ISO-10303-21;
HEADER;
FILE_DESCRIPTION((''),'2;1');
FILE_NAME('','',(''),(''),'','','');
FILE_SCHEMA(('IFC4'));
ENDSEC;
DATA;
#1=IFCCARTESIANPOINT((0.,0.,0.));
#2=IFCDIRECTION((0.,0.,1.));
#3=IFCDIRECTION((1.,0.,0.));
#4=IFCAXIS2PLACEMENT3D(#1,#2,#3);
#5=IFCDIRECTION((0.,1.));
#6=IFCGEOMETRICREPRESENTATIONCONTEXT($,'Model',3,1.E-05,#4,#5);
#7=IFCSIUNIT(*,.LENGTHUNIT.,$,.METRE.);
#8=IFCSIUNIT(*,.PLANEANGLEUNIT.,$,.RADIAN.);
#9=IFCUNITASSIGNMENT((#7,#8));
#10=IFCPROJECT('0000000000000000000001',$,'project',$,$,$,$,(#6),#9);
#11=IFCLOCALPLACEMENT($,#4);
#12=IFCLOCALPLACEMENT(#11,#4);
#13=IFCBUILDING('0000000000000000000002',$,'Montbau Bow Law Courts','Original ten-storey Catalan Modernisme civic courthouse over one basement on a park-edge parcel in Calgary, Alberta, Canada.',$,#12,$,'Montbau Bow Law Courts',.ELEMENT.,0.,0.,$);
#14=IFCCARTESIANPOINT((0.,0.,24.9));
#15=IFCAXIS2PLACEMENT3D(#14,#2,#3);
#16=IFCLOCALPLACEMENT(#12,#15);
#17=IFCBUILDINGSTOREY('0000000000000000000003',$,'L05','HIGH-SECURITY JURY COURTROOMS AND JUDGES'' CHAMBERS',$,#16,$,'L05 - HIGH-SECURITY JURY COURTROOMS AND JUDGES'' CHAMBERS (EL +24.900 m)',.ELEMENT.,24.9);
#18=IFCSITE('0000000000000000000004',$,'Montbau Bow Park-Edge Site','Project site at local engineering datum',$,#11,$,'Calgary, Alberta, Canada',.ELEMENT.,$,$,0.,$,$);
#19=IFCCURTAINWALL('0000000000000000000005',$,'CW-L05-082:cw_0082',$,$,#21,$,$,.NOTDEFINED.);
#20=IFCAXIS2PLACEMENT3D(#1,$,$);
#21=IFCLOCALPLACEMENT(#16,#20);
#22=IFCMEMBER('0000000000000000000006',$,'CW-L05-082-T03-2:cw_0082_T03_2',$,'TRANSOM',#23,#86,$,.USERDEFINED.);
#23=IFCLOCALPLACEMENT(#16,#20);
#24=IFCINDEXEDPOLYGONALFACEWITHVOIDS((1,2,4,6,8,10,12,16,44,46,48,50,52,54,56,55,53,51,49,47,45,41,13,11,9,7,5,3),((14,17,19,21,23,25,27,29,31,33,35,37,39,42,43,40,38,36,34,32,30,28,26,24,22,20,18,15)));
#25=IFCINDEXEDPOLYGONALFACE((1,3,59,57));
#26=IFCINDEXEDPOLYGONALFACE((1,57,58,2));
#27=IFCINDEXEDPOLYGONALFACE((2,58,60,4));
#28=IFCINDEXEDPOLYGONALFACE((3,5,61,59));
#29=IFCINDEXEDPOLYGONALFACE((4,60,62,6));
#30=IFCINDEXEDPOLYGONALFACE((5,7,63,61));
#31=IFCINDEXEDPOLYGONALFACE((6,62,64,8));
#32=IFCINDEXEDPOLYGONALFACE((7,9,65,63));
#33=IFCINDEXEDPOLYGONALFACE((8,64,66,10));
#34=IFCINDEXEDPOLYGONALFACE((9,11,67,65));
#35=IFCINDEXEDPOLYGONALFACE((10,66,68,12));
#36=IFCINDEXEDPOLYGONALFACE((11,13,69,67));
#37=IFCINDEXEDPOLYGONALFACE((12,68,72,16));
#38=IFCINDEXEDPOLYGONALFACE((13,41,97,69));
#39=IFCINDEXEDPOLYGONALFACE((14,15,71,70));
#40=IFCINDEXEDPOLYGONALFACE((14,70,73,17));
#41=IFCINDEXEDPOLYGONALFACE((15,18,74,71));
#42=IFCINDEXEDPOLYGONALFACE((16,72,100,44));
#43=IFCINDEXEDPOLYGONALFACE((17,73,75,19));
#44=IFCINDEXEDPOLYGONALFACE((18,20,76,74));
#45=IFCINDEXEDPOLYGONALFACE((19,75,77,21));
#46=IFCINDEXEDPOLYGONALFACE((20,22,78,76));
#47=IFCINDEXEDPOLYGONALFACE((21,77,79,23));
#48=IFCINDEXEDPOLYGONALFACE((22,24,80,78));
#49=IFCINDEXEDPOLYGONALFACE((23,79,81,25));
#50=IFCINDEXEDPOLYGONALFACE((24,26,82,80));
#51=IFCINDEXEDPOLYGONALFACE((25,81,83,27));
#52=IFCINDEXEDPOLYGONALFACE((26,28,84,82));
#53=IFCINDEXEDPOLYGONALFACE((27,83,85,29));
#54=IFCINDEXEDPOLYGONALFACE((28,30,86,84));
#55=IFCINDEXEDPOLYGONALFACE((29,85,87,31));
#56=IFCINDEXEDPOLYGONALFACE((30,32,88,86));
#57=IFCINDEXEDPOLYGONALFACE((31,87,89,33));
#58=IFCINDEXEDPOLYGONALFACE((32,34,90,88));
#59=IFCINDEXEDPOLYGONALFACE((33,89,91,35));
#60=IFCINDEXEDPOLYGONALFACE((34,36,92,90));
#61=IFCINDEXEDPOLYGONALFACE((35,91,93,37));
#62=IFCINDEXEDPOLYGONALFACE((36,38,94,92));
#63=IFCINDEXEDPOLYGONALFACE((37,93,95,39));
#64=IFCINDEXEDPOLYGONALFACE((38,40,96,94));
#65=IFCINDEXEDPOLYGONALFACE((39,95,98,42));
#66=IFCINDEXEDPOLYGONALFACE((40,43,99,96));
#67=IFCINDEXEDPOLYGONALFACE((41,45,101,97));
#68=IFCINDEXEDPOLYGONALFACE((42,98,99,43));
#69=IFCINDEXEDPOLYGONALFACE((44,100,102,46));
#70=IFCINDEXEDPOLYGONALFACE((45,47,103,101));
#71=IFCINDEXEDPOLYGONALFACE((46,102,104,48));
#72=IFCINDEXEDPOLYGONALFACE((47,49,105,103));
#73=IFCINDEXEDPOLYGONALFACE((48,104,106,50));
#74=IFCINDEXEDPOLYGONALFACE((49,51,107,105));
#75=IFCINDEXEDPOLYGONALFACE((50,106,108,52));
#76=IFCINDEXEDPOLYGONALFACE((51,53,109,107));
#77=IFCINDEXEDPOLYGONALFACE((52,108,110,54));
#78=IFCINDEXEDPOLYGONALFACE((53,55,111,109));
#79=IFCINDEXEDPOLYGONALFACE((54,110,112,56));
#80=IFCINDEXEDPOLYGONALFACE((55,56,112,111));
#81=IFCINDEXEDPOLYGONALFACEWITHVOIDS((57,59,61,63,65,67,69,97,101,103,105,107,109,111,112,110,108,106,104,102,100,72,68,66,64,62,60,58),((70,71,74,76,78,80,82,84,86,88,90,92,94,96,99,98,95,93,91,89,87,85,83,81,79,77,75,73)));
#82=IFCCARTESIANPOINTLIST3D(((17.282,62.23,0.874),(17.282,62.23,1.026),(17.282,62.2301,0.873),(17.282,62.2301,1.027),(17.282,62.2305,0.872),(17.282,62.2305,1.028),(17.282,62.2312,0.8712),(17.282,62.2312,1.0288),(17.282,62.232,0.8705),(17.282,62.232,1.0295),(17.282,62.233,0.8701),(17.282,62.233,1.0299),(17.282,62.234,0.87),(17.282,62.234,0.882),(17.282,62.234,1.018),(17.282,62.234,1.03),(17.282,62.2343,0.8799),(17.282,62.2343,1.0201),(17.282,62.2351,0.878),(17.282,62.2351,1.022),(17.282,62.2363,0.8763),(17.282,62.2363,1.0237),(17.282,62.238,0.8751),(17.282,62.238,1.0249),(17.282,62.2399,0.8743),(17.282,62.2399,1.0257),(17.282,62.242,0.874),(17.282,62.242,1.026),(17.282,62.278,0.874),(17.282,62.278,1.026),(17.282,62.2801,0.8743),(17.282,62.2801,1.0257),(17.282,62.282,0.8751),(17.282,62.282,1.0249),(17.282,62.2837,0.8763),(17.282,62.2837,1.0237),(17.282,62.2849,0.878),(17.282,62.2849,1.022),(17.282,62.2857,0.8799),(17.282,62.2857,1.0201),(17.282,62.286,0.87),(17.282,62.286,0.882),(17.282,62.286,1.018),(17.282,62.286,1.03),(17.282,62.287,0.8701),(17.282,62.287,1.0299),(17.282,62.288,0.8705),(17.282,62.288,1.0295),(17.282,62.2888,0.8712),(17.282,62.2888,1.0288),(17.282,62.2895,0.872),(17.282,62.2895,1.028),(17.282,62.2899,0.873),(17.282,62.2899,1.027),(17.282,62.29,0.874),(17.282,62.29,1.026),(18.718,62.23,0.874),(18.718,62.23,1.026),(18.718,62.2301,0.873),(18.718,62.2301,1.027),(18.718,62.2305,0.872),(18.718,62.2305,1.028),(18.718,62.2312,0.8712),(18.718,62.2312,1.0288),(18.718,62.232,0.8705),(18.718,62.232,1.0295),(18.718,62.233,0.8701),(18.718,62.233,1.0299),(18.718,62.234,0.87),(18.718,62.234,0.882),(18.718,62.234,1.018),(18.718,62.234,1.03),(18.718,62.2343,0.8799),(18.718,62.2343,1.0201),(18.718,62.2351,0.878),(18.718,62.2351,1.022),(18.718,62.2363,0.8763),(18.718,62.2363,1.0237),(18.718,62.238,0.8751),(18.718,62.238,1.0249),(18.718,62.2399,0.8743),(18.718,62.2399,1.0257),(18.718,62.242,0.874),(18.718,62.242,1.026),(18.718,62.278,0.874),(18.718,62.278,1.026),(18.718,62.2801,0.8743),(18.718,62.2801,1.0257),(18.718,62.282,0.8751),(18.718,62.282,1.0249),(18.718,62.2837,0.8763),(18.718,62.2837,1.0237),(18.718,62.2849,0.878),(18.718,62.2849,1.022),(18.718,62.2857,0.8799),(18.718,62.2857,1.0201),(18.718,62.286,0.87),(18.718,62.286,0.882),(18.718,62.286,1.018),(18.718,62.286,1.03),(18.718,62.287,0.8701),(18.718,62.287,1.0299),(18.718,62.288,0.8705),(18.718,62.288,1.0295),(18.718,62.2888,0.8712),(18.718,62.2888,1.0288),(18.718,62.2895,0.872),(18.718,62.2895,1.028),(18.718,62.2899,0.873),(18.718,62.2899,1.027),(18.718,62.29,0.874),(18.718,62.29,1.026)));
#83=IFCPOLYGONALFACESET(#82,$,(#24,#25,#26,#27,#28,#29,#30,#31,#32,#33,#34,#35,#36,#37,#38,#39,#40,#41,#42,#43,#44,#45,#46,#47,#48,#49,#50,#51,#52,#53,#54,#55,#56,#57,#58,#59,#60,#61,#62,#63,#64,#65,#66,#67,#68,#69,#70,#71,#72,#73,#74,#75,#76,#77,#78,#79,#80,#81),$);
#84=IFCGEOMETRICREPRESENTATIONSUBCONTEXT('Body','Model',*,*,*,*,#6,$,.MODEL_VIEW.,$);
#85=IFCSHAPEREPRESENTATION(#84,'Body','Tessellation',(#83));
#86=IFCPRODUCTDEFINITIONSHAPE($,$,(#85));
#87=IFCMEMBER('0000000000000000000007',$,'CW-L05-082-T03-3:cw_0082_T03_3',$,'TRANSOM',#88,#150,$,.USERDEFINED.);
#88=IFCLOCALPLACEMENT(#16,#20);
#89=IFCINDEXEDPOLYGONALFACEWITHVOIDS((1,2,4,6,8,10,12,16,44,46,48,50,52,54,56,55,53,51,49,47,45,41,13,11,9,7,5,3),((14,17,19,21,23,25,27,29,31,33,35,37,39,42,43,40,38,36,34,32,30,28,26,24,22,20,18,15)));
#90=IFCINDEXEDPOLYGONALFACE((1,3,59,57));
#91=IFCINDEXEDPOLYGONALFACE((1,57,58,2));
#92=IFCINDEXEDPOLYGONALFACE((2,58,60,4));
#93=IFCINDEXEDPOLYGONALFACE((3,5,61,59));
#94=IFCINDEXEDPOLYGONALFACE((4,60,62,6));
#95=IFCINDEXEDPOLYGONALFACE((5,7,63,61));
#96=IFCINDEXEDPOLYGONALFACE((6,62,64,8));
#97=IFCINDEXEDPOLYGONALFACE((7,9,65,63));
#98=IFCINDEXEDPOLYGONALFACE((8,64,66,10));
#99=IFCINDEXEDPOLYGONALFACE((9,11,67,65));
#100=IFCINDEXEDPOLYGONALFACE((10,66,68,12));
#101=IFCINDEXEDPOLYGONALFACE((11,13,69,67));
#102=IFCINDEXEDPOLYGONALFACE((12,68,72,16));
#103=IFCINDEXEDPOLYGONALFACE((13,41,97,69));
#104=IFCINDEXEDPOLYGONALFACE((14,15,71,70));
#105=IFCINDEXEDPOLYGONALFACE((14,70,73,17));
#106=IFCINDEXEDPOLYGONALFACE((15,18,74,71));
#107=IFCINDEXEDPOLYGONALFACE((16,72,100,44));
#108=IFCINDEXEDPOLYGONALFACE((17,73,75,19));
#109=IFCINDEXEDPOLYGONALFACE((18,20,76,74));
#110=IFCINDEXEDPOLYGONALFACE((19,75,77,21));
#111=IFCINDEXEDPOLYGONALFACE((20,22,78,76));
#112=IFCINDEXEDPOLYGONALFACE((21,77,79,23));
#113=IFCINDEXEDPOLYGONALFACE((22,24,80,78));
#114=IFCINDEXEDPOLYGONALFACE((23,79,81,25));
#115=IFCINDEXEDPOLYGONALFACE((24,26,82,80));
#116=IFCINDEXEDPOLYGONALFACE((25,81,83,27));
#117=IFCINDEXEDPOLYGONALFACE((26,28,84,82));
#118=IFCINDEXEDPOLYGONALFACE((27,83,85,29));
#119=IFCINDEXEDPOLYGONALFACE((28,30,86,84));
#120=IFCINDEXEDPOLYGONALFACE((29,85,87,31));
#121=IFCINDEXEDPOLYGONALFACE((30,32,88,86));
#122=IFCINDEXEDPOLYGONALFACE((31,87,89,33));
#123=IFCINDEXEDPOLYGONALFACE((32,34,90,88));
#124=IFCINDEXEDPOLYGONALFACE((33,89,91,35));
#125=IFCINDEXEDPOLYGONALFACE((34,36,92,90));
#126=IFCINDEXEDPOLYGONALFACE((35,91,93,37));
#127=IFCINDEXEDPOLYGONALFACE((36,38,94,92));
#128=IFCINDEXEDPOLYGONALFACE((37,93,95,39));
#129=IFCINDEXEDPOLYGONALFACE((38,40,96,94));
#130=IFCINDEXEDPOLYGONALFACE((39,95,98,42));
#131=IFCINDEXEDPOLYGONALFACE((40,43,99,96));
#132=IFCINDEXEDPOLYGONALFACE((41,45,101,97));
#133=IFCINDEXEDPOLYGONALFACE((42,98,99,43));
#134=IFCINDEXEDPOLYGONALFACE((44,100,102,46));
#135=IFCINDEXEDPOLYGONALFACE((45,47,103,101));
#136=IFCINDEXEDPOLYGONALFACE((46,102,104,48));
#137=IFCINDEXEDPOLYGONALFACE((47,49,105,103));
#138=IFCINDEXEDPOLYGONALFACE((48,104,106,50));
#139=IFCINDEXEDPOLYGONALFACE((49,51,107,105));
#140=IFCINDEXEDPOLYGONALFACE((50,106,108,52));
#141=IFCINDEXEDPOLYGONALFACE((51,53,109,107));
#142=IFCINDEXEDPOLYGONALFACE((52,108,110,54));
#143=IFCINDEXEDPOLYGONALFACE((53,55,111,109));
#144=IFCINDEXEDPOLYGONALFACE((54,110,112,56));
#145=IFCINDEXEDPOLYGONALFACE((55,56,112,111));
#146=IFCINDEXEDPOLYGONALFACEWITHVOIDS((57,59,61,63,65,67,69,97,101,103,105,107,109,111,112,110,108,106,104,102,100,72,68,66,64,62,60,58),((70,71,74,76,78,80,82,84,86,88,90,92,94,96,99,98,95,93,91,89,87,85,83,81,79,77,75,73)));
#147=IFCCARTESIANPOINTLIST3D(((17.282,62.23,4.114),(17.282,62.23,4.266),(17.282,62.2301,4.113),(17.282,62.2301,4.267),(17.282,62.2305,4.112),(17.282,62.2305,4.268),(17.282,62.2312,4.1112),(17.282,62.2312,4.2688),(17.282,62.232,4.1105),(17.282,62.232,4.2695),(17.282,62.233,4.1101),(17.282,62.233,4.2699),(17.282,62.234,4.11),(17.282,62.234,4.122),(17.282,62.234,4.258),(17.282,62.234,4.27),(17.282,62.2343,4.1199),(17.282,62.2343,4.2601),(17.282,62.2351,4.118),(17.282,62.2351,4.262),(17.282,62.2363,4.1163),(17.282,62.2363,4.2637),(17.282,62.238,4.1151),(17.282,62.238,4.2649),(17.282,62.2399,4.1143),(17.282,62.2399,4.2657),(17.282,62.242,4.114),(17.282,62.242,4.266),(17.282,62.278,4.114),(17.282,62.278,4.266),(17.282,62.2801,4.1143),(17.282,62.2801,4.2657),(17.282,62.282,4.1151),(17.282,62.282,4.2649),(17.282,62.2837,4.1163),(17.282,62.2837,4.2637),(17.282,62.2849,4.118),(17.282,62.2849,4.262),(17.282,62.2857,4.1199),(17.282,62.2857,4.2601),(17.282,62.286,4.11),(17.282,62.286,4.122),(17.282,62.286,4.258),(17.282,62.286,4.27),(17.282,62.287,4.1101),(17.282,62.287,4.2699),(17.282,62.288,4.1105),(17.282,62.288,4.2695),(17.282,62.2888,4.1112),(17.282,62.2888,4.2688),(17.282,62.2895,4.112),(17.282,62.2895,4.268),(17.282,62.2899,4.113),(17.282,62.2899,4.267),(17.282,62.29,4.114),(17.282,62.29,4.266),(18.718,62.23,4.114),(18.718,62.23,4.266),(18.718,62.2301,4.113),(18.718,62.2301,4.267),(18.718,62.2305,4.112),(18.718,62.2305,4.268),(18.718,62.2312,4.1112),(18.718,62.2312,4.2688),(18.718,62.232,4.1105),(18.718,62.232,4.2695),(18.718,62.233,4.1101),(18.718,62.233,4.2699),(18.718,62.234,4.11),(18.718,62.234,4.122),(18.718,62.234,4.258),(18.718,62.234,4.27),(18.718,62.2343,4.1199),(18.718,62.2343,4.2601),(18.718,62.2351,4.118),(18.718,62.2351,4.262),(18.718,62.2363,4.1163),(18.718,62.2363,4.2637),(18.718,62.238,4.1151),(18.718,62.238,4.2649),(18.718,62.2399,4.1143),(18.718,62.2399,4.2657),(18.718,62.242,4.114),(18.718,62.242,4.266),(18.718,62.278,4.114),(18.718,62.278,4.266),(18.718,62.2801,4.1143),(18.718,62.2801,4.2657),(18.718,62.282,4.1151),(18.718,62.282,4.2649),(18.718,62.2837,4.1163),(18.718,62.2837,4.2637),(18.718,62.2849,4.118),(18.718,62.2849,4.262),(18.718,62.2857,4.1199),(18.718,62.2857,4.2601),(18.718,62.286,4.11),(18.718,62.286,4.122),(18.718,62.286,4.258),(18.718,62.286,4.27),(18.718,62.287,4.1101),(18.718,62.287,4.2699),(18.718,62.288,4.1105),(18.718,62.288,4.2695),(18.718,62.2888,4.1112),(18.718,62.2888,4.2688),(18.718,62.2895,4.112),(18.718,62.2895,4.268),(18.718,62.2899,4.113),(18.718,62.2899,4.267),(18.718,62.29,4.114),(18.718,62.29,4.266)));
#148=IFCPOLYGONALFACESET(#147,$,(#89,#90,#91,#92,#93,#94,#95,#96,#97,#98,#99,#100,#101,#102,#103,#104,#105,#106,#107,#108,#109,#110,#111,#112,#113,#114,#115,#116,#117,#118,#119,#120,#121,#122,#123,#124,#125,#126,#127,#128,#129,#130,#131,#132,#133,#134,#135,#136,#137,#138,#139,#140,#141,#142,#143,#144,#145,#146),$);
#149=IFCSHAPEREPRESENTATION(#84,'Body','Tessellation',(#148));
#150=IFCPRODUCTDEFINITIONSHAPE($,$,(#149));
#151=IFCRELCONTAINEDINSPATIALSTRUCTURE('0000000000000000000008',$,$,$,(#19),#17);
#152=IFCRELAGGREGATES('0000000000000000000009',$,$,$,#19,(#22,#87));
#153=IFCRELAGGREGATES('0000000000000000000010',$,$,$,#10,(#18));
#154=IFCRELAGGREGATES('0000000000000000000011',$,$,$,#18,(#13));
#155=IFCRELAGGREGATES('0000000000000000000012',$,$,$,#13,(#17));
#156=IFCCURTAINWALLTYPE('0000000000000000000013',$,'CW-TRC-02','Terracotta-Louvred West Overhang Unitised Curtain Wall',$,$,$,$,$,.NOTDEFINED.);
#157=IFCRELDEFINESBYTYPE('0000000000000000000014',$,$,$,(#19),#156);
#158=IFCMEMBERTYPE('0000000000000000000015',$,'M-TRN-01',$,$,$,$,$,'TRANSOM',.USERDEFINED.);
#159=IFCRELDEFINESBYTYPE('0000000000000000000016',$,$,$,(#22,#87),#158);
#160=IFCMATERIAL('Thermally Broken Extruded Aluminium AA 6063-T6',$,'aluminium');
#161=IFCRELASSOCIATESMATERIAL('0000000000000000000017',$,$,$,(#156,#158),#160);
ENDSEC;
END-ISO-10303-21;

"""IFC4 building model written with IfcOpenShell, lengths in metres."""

from ifc_helpers import new_model, si_unit, direction, frame, origin_with_axes, origin_2d_with_axis, place, context, subcontext, project, spatial, hollow_rectangle, extrude, material, material_profile, profile_set, type_object, element, aggregate, save


model = new_model("IFC4")

# Units and contexts
model_context = context("Model", 3, precision=1e-05, world=origin_with_axes(), true_north=direction((0.0, 1.0)))
body_context = subcontext(model_context, "Body", "Model", "MODEL_VIEW")
ifc_project = project(units=[si_unit("LENGTHUNIT", "METRE"), si_unit("PLANEANGLEUNIT", "RADIAN")], contexts=[model_context])

# Site, building, storey
site_placement = place(None, origin_with_axes())
site = spatial("IfcSite", under=ifc_project, at=site_placement, Name="Montbau Bow Park-Edge Site", Description="Project site at local engineering datum", LongName="Calgary, Alberta, Canada", CompositionType="ELEMENT", RefElevation=0.0)
building_placement = place(site_placement, origin_with_axes())
building = spatial("IfcBuilding", under=site, at=building_placement, Name="Montbau Bow Law Courts", Description="Original ten-storey Catalan Modernisme civic courthouse over one basement on a park-edge parcel in Calgary, Alberta, Canada.", LongName="Montbau Bow Law Courts", CompositionType="ELEMENT", ElevationOfRefHeight=0.0, ElevationOfTerrain=0.0)
storey_placement = place(building_placement, frame((0.0, 0.0, 24.9), z_axis=(0.0, 0.0, 1.0), x_axis=(1.0, 0.0, 0.0)))
storey = spatial("IfcBuildingStorey", under=building, at=storey_placement, Name="L05", Description="HIGH-SECURITY JURY COURTROOMS AND JUDGES' CHAMBERS", LongName="L05 - HIGH-SECURITY JURY COURTROOMS AND JUDGES' CHAMBERS (EL +24.900 m)", CompositionType="ELEMENT", Elevation=24.9)

# Curtain wall, members
ifc_material_1 = material(Name="Thermally Broken Extruded Aluminium AA 6063-T6", Category="aluminium")
curtain_wall_type = type_object("IfcCurtainWallType", Name="CW-TRC-02", Description="Terracotta-Louvred West Overhang Unitised Curtain Wall", PredefinedType="NOTDEFINED", material=ifc_material_1)
curtain_wall_placement = place(None, frame((14.24, 62.26, 24.9), z_axis=(0.0, 0.0, 1.0), x_axis=(1.0, 0.0, 0.0)))
curtain_wall = element("IfcCurtainWall", 1, at=curtain_wall_placement, inside=storey, type_object=curtain_wall_type, Name="CW-L05-082:cw_0082", PredefinedType="NOTDEFINED")
ifc_material_profile_1 = material_profile(ifc_material_1, hollow_rectangle(XDim=0.06, YDim=0.16, WallThickness=0.004, InnerFilletRadius=0.008, OuterFilletRadius=0.004, at=origin_2d_with_axis()), Name="CWT-160X60", Category="Main", Priority=0)
ifc_profile_set_1 = profile_set([ifc_material_profile_1], Name="Thermally Broken Extruded Aluminium AA 6063-T6")
member_type_1 = type_object("IfcMemberType", Name="M-TRN-01", ElementType="TRANSOM", PredefinedType="USERDEFINED", material=ifc_profile_set_1)
member_1_placement = place(None, frame((17.282, 62.26, 25.85), z_axis=(1.0, 0.0, 0.0), x_axis=(0.0, 1.0, 0.0)))
member_1 = element("IfcMember", 2, at=member_1_placement, type_object=member_type_1, Name="CW-L05-082-T03-2:cw_0082_T03_2", ObjectType="TRANSOM", PredefinedType="USERDEFINED", context=body_context, shape_type="SweptSolid", body=[
    extrude(hollow_rectangle(XDim=0.06, YDim=0.16, WallThickness=0.004, InnerFilletRadius=0.008, OuterFilletRadius=0.004, at=origin_2d_with_axis()), origin_with_axes(), (0.0, 0.0, 1.0), 1.436),
])
member_2_placement = place(None, frame((17.282, 62.26, 29.09), z_axis=(1.0, 0.0, 0.0), x_axis=(0.0, 1.0, 0.0)))
member_2 = element("IfcMember", 3, at=member_2_placement, type_object=member_type_1, Name="CW-L05-082-T03-3:cw_0082_T03_3", ObjectType="TRANSOM", PredefinedType="USERDEFINED", context=body_context, shape_type="SweptSolid", body=[
    extrude(hollow_rectangle(XDim=0.06, YDim=0.16, WallThickness=0.004, InnerFilletRadius=0.008, OuterFilletRadius=0.004, at=origin_2d_with_axis()), origin_with_axes(), (0.0, 0.0, 1.0), 1.436),
])
aggregate(curtain_wall, [member_1, member_2])

save(model, "model.ifc")
